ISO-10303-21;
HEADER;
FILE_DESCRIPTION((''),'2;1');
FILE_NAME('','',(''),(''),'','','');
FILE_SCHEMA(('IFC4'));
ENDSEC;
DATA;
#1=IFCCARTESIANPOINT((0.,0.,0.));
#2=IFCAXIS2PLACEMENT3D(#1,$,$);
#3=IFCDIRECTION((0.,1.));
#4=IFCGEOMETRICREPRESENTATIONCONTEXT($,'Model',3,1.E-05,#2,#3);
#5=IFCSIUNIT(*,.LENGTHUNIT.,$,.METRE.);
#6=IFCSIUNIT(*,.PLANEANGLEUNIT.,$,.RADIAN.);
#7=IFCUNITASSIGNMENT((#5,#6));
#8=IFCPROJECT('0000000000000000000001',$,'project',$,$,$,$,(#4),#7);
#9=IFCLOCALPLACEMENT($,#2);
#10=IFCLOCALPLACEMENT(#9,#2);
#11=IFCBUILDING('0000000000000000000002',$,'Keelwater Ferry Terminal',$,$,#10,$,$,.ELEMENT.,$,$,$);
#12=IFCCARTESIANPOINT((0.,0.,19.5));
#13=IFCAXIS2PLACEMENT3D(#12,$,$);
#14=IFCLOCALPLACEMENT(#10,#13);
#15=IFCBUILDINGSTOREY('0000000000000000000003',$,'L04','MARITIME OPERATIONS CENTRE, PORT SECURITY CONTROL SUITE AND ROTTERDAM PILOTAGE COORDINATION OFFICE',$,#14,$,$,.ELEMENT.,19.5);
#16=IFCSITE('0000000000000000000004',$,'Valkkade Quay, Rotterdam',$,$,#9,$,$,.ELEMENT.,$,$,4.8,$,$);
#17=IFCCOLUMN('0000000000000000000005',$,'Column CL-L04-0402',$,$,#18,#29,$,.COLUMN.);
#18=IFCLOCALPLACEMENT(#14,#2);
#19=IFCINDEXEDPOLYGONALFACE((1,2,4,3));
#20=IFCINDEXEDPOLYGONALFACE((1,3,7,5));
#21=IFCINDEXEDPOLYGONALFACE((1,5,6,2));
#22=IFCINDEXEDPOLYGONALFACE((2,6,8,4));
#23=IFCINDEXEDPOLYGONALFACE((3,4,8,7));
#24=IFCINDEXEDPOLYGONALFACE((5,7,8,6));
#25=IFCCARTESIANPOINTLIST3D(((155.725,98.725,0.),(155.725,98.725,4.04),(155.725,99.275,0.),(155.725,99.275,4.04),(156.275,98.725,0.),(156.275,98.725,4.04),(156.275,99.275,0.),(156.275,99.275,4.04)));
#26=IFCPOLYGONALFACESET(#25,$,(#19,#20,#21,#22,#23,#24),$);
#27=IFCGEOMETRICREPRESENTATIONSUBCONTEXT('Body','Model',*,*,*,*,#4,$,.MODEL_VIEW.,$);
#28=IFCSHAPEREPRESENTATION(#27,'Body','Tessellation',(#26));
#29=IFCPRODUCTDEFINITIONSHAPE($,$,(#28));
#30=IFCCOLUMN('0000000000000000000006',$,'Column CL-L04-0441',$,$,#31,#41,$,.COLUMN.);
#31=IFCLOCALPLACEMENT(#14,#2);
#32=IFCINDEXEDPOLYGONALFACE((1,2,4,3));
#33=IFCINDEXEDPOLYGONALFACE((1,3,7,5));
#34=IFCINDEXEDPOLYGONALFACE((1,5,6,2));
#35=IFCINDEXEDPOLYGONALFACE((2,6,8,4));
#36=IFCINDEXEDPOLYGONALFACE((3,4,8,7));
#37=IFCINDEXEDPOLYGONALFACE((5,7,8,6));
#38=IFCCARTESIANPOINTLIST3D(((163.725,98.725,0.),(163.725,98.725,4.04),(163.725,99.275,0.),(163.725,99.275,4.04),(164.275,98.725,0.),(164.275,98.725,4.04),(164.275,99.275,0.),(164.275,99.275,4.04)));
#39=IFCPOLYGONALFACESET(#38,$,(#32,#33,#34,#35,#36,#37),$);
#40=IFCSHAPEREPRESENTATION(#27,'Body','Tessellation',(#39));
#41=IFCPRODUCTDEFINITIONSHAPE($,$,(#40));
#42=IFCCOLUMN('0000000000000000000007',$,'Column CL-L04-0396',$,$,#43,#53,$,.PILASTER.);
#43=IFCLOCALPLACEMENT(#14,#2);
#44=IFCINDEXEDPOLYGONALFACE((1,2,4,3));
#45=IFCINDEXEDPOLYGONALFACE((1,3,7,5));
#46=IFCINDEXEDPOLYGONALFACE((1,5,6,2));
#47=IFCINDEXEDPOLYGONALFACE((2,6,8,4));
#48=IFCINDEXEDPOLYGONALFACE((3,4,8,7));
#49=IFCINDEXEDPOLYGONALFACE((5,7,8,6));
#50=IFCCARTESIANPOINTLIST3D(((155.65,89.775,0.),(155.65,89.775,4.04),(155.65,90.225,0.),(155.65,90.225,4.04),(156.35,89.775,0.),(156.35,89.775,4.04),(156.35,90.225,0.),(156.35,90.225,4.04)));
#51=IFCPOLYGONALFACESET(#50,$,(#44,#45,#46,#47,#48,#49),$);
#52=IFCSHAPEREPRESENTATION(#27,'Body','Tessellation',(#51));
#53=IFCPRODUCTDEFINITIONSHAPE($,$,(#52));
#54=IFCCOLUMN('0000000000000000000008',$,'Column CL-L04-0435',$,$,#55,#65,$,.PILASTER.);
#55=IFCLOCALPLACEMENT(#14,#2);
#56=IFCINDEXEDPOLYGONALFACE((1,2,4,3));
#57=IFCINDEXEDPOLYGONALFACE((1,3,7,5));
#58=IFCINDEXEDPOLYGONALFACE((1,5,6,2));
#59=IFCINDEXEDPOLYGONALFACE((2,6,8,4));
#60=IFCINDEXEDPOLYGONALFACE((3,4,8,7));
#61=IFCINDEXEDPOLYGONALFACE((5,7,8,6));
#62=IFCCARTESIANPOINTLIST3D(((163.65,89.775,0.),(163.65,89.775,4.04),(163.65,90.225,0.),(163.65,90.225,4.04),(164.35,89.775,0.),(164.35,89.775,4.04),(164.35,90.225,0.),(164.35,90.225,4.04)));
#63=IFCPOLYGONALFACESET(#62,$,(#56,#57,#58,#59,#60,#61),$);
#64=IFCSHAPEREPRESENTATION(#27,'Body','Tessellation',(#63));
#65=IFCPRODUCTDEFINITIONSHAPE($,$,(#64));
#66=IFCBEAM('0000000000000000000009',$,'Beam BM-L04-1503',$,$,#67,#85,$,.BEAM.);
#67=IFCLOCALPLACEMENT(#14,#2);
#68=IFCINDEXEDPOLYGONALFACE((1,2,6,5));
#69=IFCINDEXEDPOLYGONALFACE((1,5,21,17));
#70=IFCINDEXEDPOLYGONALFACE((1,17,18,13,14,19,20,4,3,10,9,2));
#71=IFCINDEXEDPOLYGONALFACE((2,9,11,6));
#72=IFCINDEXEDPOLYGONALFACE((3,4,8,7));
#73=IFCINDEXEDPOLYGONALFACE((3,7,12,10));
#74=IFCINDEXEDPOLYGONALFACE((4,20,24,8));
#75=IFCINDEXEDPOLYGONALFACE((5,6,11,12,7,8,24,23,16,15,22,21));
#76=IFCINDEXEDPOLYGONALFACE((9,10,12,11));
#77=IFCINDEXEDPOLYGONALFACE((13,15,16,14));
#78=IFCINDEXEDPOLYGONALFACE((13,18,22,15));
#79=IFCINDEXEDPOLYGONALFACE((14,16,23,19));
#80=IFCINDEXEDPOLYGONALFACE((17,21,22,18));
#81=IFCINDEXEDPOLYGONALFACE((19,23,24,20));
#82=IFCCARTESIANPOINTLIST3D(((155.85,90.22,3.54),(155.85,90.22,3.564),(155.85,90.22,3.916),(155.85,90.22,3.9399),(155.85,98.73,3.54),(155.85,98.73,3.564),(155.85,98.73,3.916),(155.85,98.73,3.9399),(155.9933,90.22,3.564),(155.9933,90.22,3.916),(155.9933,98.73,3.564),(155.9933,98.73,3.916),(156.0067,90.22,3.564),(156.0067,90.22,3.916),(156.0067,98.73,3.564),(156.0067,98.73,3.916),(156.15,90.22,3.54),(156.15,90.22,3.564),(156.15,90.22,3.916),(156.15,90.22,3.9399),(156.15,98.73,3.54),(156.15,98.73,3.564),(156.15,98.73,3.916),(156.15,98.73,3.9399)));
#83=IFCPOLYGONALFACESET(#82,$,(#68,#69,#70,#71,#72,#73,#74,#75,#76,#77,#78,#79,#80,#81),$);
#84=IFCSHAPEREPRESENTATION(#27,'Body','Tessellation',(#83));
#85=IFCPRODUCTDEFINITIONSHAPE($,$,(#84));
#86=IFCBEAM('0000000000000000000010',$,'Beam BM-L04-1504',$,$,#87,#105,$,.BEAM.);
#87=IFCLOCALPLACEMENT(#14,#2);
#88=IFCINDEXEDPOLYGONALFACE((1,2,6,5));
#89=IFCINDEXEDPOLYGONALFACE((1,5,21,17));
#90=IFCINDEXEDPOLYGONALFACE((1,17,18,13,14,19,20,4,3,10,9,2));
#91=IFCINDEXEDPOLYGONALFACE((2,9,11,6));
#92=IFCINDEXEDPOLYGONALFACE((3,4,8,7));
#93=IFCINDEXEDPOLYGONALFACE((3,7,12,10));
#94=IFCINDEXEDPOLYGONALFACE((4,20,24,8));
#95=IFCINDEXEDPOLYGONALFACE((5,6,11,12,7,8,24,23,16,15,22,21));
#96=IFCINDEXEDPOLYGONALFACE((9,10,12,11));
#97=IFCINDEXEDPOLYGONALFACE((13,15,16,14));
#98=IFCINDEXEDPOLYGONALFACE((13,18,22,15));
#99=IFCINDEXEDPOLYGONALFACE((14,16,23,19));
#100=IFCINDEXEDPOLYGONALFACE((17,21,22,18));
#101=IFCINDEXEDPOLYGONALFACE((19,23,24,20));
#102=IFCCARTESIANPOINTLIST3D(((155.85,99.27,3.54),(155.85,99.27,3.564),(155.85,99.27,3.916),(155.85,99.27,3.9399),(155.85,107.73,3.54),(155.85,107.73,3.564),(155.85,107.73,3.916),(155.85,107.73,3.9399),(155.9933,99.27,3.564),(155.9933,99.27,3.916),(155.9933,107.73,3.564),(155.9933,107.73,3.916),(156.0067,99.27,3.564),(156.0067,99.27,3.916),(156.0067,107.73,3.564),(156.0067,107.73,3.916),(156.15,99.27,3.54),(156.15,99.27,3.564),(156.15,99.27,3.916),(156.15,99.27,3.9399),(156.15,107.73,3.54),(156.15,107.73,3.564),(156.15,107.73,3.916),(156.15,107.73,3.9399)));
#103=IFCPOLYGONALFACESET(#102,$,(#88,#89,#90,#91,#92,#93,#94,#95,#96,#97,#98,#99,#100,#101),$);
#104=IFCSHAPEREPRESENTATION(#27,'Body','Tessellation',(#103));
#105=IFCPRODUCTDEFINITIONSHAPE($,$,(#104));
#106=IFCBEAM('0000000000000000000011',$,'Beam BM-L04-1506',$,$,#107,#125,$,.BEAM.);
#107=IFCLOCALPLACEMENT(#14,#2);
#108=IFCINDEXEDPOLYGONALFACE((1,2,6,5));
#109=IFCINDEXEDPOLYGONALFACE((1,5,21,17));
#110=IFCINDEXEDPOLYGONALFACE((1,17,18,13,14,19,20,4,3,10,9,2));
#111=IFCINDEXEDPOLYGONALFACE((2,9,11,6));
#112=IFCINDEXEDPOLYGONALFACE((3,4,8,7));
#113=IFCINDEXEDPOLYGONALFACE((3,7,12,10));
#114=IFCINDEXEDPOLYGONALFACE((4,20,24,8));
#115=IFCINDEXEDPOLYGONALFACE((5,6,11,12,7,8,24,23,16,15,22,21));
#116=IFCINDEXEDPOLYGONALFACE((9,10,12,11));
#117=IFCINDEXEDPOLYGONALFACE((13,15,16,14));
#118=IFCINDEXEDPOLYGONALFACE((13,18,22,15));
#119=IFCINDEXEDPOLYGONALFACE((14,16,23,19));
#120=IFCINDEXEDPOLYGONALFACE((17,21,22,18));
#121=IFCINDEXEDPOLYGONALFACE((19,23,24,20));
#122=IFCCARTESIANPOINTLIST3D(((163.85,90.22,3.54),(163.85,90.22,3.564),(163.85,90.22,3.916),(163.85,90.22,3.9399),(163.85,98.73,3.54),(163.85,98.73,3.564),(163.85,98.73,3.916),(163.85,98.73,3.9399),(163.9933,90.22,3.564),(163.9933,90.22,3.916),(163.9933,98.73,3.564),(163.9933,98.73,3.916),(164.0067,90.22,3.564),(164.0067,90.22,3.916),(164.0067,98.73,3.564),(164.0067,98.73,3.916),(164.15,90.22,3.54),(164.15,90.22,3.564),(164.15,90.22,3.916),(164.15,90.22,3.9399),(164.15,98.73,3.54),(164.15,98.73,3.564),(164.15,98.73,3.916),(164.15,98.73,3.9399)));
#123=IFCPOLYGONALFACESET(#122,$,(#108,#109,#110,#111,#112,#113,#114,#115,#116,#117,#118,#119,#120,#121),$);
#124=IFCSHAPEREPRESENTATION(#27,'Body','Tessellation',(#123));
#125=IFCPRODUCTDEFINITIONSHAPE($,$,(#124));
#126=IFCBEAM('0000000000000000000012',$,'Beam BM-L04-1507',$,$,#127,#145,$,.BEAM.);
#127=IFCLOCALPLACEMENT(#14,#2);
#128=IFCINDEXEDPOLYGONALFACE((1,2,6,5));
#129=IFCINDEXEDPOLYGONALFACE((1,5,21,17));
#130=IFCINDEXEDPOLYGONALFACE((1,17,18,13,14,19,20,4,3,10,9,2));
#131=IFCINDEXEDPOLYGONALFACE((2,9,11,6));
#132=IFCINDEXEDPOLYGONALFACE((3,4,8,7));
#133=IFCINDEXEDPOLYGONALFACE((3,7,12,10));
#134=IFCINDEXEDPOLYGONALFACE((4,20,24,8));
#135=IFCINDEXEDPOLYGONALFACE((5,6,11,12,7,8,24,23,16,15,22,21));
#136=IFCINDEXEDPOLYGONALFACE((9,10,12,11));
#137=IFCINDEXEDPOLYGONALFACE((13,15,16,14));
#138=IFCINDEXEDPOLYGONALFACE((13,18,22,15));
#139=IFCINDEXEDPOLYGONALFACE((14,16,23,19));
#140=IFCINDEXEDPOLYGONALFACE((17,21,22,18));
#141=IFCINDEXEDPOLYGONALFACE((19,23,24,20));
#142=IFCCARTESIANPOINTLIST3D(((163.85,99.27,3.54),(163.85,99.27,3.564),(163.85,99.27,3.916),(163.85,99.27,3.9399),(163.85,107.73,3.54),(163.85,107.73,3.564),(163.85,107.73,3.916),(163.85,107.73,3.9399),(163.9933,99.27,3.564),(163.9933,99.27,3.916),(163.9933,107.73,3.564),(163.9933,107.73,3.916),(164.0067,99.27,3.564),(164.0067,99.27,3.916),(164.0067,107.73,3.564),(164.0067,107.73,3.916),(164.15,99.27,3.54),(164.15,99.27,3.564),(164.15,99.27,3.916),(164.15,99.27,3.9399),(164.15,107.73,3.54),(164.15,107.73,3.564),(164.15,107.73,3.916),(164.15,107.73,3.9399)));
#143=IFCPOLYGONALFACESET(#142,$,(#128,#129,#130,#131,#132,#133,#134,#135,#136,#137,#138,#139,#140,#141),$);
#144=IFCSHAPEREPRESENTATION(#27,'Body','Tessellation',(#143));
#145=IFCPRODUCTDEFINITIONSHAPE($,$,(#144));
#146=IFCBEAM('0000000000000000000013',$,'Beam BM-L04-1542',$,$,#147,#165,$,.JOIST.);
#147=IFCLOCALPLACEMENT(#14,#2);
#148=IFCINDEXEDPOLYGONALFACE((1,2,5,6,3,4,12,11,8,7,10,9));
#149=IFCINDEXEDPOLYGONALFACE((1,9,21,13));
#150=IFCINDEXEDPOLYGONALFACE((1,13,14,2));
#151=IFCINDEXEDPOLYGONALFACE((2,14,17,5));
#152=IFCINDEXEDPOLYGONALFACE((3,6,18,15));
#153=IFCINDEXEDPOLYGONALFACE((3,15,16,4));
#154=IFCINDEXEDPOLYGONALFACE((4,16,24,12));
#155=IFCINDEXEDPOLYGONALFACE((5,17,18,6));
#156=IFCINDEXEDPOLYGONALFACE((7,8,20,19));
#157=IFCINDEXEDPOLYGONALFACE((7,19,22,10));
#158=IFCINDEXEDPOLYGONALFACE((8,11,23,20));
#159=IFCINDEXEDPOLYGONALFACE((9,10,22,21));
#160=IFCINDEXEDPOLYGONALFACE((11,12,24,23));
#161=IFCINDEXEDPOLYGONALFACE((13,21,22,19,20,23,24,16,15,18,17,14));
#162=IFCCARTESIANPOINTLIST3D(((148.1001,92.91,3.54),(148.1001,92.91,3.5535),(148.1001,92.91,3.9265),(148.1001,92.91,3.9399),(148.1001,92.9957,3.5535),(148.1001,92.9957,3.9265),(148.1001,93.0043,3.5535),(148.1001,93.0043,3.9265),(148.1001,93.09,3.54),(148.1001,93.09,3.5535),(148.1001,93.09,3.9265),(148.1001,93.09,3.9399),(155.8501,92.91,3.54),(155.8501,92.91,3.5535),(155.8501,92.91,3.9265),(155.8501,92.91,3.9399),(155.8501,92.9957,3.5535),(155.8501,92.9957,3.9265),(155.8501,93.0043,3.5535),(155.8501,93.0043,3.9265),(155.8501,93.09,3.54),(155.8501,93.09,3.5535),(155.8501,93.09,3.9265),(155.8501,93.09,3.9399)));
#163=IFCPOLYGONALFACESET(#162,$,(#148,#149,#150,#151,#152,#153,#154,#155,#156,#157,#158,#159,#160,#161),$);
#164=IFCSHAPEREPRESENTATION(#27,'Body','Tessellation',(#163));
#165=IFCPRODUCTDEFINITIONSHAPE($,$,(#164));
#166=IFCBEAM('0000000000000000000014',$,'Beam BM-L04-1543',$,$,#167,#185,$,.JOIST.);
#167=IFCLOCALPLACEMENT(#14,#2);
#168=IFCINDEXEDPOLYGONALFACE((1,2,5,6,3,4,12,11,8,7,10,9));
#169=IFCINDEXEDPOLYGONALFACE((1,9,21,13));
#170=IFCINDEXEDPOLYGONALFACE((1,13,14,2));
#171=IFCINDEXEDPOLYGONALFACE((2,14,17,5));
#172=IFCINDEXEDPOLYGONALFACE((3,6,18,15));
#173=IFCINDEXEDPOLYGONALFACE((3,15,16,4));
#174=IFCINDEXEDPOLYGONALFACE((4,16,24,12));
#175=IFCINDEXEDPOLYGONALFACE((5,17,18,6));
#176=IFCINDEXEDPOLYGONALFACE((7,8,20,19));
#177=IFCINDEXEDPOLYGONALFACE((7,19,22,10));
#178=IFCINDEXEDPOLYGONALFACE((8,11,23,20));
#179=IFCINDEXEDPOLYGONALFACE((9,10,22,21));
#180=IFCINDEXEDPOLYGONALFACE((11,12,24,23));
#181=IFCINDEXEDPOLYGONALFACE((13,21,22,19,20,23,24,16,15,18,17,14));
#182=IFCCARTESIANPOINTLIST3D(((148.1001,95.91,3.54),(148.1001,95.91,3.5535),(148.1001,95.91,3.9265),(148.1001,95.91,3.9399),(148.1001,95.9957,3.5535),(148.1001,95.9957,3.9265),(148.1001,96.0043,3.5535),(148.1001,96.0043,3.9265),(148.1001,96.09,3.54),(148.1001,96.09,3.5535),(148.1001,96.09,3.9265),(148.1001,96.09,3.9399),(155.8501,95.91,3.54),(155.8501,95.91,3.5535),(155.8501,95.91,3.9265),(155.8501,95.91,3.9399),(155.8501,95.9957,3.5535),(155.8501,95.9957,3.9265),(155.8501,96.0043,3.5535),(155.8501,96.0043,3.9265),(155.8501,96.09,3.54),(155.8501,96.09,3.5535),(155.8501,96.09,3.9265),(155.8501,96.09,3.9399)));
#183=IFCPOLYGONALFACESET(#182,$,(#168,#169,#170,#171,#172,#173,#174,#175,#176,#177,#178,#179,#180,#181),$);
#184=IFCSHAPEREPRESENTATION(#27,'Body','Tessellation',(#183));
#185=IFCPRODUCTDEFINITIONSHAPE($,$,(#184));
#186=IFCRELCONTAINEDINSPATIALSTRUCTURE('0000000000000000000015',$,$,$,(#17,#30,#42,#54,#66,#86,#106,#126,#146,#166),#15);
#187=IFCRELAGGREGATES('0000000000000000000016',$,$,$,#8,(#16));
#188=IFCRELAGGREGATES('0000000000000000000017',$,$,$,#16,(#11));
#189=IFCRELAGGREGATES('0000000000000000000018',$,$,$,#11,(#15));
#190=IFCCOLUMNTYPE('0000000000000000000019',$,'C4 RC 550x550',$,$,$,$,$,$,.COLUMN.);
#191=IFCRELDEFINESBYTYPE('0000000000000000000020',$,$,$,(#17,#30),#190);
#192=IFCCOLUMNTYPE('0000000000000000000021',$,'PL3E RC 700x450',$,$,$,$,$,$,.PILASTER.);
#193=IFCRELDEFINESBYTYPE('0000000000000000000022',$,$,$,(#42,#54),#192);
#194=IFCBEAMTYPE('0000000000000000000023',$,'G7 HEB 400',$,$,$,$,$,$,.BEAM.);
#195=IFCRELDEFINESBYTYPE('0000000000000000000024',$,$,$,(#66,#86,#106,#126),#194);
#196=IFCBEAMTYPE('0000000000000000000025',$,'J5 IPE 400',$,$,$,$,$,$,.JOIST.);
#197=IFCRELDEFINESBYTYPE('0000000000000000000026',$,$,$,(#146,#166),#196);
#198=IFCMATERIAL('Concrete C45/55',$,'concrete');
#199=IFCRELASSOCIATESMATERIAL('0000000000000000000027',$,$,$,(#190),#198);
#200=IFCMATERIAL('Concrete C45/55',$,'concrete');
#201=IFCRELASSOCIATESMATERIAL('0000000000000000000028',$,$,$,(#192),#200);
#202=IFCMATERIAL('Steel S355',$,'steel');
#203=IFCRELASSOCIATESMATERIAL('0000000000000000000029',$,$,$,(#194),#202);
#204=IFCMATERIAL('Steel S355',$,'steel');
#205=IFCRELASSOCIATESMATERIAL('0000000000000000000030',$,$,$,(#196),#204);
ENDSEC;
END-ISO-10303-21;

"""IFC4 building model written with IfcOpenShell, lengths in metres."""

from ifc_helpers import new_model, si_unit, direction, frame, origin, origin_2d, place, context, subcontext, project, spatial, rectangle, i_section, extrude, material, material_profile, profile_set, type_object, element, save


model = new_model("IFC4")

# Units and contexts
model_context = context("Model", 3, precision=1e-05, world=origin(), true_north=direction((0.0, 1.0)))
body_context = subcontext(model_context, "Body", "Model", "MODEL_VIEW")
ifc_project = project(units=[si_unit("LENGTHUNIT", "METRE"), si_unit("PLANEANGLEUNIT", "RADIAN")], contexts=[model_context])

# Site, building, storey
site_placement = place(None, origin())
site = spatial("IfcSite", under=ifc_project, at=site_placement, Name="Valkkade Quay, Rotterdam", CompositionType="ELEMENT", RefElevation=4.8)
building_placement = place(site_placement, origin())
building = spatial("IfcBuilding", under=site, at=building_placement, Name="Keelwater Ferry Terminal", CompositionType="ELEMENT")
storey_placement = place(building_placement, frame((0.0, 0.0, 19.5)))
storey = spatial("IfcBuildingStorey", under=building, at=storey_placement, Name="L04", Description="MARITIME OPERATIONS CENTRE, PORT SECURITY CONTROL SUITE AND ROTTERDAM PILOTAGE COORDINATION OFFICE", CompositionType="ELEMENT", Elevation=19.5)

# Columns
ifc_material_1 = material(Name="Concrete C45/55", Category="concrete")
ifc_material_profile_1 = material_profile(ifc_material_1, rectangle(XDim=0.55, YDim=0.55, at=origin_2d()), Name="RC 550x550")
ifc_profile_set_1 = profile_set([ifc_material_profile_1], Name="Concrete C45/55")
column_type_1 = type_object("IfcColumnType", Name="C4 RC 550x550", PredefinedType="COLUMN", material=ifc_profile_set_1)
for number, where, z_axis, x_axis, name in (
    (1, (156.0, 99.0, 0.0), (0.0, 0.0, 1.0), (1.0, 0.0, 0.0), "Column CL-L04-0402"),
    (2, (164.0, 99.0, 0.0), (0.0, 0.0, 1.0), (1.0, 0.0, 0.0), "Column CL-L04-0441"),
):
    element("IfcColumn", number, at=place(storey_placement, frame(where, z_axis=z_axis, x_axis=x_axis)), inside=storey, type_object=column_type_1, Name=name, PredefinedType="COLUMN", context=body_context, shape_type="SweptSolid", body=[
        extrude(rectangle(XDim=0.55, YDim=0.55, at=origin_2d()), origin(), (0.0, 0.0, 1.0), 4.04),
    ])
ifc_material_2 = material(Name="Concrete C45/55", Category="concrete")
ifc_material_profile_2 = material_profile(ifc_material_2, rectangle(XDim=0.45, YDim=0.7, at=origin_2d()), Name="RC 700x450")
ifc_profile_set_2 = profile_set([ifc_material_profile_2], Name="Concrete C45/55")
column_type_2 = type_object("IfcColumnType", Name="PL3E RC 700x450", PredefinedType="PILASTER", material=ifc_profile_set_2)
for number, where, z_axis, x_axis, name in (
    (3, (156.0, 90.0, 0.0), (0.0, 0.0, 1.0), (0.0, 1.0, 0.0), "Column CL-L04-0396"),
    (4, (164.0, 90.0, 0.0), (0.0, 0.0, 1.0), (0.0, 1.0, 0.0), "Column CL-L04-0435"),
):
    element("IfcColumn", number, at=place(storey_placement, frame(where, z_axis=z_axis, x_axis=x_axis)), inside=storey, type_object=column_type_2, Name=name, PredefinedType="PILASTER", context=body_context, shape_type="SweptSolid", body=[
        extrude(rectangle(XDim=0.45, YDim=0.7, at=origin_2d()), origin(), (0.0, 0.0, 1.0), 4.04),
    ])

# Beams
ifc_material_3 = material(Name="Steel S355", Category="steel")
ifc_material_profile_3 = material_profile(ifc_material_3, i_section(OverallWidth=0.3, OverallDepth=0.3999, WebThickness=0.0134, FlangeThickness=0.0239, at=origin_2d()), Name="HEB 400")
ifc_profile_set_3 = profile_set([ifc_material_profile_3], Name="Steel S355")
beam_type_1 = type_object("IfcBeamType", Name="G7 HEB 400", PredefinedType="BEAM", material=ifc_profile_set_3)
beam_1_placement = place(storey_placement, frame((156.0, 90.22, 3.74), z_axis=(0.0, 1.0, 0.0), x_axis=(-1.0, 0.0, 0.0)))
element("IfcBeam", 5, at=beam_1_placement, inside=storey, type_object=beam_type_1, Name="Beam BM-L04-1503", PredefinedType="BEAM", context=body_context, shape_type="SweptSolid", body=[
    extrude(i_section(OverallWidth=0.3, OverallDepth=0.3999, WebThickness=0.0134, FlangeThickness=0.0239, at=origin_2d()), origin(), (0.0, 0.0, 1.0), 8.51),
])
beam_2_placement = place(storey_placement, frame((156.0, 99.27, 3.74), z_axis=(0.0, 1.0, 0.0), x_axis=(-1.0, 0.0, 0.0)))
element("IfcBeam", 6, at=beam_2_placement, inside=storey, type_object=beam_type_1, Name="Beam BM-L04-1504", PredefinedType="BEAM", context=body_context, shape_type="SweptSolid", body=[
    extrude(i_section(OverallWidth=0.3, OverallDepth=0.3999, WebThickness=0.0134, FlangeThickness=0.0239, at=origin_2d()), origin(), (0.0, 0.0, 1.0), 8.46),
])
beam_3_placement = place(storey_placement, frame((164.0, 90.22, 3.74), z_axis=(0.0, 1.0, 0.0), x_axis=(-1.0, 0.0, 0.0)))
element("IfcBeam", 7, at=beam_3_placement, inside=storey, type_object=beam_type_1, Name="Beam BM-L04-1506", PredefinedType="BEAM", context=body_context, shape_type="SweptSolid", body=[
    extrude(i_section(OverallWidth=0.3, OverallDepth=0.3999, WebThickness=0.0134, FlangeThickness=0.0239, at=origin_2d()), origin(), (0.0, 0.0, 1.0), 8.51),
])
beam_4_placement = place(storey_placement, frame((164.0, 99.27, 3.74), z_axis=(0.0, 1.0, 0.0), x_axis=(-1.0, 0.0, 0.0)))
element("IfcBeam", 8, at=beam_4_placement, inside=storey, type_object=beam_type_1, Name="Beam BM-L04-1507", PredefinedType="BEAM", context=body_context, shape_type="SweptSolid", body=[
    extrude(i_section(OverallWidth=0.3, OverallDepth=0.3999, WebThickness=0.0134, FlangeThickness=0.0239, at=origin_2d()), origin(), (0.0, 0.0, 1.0), 8.46),
])
ifc_material_4 = material(Name="Steel S355", Category="steel")
ifc_material_profile_4 = material_profile(ifc_material_4, i_section(OverallWidth=0.1799, OverallDepth=0.3999, WebThickness=0.0085, FlangeThickness=0.0134, at=origin_2d()), Name="IPE 400")
ifc_profile_set_4 = profile_set([ifc_material_profile_4], Name="Steel S355")
beam_type_2 = type_object("IfcBeamType", Name="J5 IPE 400", PredefinedType="JOIST", material=ifc_profile_set_4)
for number, where, z_axis, x_axis, name in (
    (9, (148.1001, 93.0, 3.74), (1.0, 0.0, 0.0), (0.0, 1.0, 0.0), "Beam BM-L04-1542"),
    (10, (148.1001, 96.0, 3.74), (1.0, 0.0, 0.0), (0.0, 1.0, 0.0), "Beam BM-L04-1543"),
):
    element("IfcBeam", number, at=place(storey_placement, frame(where, z_axis=z_axis, x_axis=x_axis)), inside=storey, type_object=beam_type_2, Name=name, PredefinedType="JOIST", context=body_context, shape_type="SweptSolid", body=[
        extrude(i_section(OverallWidth=0.1799, OverallDepth=0.3999, WebThickness=0.0085, FlangeThickness=0.0134, at=origin_2d()), origin(), (0.0, 0.0, 1.0), 7.75),
    ])

save(model, "model.ifc")
